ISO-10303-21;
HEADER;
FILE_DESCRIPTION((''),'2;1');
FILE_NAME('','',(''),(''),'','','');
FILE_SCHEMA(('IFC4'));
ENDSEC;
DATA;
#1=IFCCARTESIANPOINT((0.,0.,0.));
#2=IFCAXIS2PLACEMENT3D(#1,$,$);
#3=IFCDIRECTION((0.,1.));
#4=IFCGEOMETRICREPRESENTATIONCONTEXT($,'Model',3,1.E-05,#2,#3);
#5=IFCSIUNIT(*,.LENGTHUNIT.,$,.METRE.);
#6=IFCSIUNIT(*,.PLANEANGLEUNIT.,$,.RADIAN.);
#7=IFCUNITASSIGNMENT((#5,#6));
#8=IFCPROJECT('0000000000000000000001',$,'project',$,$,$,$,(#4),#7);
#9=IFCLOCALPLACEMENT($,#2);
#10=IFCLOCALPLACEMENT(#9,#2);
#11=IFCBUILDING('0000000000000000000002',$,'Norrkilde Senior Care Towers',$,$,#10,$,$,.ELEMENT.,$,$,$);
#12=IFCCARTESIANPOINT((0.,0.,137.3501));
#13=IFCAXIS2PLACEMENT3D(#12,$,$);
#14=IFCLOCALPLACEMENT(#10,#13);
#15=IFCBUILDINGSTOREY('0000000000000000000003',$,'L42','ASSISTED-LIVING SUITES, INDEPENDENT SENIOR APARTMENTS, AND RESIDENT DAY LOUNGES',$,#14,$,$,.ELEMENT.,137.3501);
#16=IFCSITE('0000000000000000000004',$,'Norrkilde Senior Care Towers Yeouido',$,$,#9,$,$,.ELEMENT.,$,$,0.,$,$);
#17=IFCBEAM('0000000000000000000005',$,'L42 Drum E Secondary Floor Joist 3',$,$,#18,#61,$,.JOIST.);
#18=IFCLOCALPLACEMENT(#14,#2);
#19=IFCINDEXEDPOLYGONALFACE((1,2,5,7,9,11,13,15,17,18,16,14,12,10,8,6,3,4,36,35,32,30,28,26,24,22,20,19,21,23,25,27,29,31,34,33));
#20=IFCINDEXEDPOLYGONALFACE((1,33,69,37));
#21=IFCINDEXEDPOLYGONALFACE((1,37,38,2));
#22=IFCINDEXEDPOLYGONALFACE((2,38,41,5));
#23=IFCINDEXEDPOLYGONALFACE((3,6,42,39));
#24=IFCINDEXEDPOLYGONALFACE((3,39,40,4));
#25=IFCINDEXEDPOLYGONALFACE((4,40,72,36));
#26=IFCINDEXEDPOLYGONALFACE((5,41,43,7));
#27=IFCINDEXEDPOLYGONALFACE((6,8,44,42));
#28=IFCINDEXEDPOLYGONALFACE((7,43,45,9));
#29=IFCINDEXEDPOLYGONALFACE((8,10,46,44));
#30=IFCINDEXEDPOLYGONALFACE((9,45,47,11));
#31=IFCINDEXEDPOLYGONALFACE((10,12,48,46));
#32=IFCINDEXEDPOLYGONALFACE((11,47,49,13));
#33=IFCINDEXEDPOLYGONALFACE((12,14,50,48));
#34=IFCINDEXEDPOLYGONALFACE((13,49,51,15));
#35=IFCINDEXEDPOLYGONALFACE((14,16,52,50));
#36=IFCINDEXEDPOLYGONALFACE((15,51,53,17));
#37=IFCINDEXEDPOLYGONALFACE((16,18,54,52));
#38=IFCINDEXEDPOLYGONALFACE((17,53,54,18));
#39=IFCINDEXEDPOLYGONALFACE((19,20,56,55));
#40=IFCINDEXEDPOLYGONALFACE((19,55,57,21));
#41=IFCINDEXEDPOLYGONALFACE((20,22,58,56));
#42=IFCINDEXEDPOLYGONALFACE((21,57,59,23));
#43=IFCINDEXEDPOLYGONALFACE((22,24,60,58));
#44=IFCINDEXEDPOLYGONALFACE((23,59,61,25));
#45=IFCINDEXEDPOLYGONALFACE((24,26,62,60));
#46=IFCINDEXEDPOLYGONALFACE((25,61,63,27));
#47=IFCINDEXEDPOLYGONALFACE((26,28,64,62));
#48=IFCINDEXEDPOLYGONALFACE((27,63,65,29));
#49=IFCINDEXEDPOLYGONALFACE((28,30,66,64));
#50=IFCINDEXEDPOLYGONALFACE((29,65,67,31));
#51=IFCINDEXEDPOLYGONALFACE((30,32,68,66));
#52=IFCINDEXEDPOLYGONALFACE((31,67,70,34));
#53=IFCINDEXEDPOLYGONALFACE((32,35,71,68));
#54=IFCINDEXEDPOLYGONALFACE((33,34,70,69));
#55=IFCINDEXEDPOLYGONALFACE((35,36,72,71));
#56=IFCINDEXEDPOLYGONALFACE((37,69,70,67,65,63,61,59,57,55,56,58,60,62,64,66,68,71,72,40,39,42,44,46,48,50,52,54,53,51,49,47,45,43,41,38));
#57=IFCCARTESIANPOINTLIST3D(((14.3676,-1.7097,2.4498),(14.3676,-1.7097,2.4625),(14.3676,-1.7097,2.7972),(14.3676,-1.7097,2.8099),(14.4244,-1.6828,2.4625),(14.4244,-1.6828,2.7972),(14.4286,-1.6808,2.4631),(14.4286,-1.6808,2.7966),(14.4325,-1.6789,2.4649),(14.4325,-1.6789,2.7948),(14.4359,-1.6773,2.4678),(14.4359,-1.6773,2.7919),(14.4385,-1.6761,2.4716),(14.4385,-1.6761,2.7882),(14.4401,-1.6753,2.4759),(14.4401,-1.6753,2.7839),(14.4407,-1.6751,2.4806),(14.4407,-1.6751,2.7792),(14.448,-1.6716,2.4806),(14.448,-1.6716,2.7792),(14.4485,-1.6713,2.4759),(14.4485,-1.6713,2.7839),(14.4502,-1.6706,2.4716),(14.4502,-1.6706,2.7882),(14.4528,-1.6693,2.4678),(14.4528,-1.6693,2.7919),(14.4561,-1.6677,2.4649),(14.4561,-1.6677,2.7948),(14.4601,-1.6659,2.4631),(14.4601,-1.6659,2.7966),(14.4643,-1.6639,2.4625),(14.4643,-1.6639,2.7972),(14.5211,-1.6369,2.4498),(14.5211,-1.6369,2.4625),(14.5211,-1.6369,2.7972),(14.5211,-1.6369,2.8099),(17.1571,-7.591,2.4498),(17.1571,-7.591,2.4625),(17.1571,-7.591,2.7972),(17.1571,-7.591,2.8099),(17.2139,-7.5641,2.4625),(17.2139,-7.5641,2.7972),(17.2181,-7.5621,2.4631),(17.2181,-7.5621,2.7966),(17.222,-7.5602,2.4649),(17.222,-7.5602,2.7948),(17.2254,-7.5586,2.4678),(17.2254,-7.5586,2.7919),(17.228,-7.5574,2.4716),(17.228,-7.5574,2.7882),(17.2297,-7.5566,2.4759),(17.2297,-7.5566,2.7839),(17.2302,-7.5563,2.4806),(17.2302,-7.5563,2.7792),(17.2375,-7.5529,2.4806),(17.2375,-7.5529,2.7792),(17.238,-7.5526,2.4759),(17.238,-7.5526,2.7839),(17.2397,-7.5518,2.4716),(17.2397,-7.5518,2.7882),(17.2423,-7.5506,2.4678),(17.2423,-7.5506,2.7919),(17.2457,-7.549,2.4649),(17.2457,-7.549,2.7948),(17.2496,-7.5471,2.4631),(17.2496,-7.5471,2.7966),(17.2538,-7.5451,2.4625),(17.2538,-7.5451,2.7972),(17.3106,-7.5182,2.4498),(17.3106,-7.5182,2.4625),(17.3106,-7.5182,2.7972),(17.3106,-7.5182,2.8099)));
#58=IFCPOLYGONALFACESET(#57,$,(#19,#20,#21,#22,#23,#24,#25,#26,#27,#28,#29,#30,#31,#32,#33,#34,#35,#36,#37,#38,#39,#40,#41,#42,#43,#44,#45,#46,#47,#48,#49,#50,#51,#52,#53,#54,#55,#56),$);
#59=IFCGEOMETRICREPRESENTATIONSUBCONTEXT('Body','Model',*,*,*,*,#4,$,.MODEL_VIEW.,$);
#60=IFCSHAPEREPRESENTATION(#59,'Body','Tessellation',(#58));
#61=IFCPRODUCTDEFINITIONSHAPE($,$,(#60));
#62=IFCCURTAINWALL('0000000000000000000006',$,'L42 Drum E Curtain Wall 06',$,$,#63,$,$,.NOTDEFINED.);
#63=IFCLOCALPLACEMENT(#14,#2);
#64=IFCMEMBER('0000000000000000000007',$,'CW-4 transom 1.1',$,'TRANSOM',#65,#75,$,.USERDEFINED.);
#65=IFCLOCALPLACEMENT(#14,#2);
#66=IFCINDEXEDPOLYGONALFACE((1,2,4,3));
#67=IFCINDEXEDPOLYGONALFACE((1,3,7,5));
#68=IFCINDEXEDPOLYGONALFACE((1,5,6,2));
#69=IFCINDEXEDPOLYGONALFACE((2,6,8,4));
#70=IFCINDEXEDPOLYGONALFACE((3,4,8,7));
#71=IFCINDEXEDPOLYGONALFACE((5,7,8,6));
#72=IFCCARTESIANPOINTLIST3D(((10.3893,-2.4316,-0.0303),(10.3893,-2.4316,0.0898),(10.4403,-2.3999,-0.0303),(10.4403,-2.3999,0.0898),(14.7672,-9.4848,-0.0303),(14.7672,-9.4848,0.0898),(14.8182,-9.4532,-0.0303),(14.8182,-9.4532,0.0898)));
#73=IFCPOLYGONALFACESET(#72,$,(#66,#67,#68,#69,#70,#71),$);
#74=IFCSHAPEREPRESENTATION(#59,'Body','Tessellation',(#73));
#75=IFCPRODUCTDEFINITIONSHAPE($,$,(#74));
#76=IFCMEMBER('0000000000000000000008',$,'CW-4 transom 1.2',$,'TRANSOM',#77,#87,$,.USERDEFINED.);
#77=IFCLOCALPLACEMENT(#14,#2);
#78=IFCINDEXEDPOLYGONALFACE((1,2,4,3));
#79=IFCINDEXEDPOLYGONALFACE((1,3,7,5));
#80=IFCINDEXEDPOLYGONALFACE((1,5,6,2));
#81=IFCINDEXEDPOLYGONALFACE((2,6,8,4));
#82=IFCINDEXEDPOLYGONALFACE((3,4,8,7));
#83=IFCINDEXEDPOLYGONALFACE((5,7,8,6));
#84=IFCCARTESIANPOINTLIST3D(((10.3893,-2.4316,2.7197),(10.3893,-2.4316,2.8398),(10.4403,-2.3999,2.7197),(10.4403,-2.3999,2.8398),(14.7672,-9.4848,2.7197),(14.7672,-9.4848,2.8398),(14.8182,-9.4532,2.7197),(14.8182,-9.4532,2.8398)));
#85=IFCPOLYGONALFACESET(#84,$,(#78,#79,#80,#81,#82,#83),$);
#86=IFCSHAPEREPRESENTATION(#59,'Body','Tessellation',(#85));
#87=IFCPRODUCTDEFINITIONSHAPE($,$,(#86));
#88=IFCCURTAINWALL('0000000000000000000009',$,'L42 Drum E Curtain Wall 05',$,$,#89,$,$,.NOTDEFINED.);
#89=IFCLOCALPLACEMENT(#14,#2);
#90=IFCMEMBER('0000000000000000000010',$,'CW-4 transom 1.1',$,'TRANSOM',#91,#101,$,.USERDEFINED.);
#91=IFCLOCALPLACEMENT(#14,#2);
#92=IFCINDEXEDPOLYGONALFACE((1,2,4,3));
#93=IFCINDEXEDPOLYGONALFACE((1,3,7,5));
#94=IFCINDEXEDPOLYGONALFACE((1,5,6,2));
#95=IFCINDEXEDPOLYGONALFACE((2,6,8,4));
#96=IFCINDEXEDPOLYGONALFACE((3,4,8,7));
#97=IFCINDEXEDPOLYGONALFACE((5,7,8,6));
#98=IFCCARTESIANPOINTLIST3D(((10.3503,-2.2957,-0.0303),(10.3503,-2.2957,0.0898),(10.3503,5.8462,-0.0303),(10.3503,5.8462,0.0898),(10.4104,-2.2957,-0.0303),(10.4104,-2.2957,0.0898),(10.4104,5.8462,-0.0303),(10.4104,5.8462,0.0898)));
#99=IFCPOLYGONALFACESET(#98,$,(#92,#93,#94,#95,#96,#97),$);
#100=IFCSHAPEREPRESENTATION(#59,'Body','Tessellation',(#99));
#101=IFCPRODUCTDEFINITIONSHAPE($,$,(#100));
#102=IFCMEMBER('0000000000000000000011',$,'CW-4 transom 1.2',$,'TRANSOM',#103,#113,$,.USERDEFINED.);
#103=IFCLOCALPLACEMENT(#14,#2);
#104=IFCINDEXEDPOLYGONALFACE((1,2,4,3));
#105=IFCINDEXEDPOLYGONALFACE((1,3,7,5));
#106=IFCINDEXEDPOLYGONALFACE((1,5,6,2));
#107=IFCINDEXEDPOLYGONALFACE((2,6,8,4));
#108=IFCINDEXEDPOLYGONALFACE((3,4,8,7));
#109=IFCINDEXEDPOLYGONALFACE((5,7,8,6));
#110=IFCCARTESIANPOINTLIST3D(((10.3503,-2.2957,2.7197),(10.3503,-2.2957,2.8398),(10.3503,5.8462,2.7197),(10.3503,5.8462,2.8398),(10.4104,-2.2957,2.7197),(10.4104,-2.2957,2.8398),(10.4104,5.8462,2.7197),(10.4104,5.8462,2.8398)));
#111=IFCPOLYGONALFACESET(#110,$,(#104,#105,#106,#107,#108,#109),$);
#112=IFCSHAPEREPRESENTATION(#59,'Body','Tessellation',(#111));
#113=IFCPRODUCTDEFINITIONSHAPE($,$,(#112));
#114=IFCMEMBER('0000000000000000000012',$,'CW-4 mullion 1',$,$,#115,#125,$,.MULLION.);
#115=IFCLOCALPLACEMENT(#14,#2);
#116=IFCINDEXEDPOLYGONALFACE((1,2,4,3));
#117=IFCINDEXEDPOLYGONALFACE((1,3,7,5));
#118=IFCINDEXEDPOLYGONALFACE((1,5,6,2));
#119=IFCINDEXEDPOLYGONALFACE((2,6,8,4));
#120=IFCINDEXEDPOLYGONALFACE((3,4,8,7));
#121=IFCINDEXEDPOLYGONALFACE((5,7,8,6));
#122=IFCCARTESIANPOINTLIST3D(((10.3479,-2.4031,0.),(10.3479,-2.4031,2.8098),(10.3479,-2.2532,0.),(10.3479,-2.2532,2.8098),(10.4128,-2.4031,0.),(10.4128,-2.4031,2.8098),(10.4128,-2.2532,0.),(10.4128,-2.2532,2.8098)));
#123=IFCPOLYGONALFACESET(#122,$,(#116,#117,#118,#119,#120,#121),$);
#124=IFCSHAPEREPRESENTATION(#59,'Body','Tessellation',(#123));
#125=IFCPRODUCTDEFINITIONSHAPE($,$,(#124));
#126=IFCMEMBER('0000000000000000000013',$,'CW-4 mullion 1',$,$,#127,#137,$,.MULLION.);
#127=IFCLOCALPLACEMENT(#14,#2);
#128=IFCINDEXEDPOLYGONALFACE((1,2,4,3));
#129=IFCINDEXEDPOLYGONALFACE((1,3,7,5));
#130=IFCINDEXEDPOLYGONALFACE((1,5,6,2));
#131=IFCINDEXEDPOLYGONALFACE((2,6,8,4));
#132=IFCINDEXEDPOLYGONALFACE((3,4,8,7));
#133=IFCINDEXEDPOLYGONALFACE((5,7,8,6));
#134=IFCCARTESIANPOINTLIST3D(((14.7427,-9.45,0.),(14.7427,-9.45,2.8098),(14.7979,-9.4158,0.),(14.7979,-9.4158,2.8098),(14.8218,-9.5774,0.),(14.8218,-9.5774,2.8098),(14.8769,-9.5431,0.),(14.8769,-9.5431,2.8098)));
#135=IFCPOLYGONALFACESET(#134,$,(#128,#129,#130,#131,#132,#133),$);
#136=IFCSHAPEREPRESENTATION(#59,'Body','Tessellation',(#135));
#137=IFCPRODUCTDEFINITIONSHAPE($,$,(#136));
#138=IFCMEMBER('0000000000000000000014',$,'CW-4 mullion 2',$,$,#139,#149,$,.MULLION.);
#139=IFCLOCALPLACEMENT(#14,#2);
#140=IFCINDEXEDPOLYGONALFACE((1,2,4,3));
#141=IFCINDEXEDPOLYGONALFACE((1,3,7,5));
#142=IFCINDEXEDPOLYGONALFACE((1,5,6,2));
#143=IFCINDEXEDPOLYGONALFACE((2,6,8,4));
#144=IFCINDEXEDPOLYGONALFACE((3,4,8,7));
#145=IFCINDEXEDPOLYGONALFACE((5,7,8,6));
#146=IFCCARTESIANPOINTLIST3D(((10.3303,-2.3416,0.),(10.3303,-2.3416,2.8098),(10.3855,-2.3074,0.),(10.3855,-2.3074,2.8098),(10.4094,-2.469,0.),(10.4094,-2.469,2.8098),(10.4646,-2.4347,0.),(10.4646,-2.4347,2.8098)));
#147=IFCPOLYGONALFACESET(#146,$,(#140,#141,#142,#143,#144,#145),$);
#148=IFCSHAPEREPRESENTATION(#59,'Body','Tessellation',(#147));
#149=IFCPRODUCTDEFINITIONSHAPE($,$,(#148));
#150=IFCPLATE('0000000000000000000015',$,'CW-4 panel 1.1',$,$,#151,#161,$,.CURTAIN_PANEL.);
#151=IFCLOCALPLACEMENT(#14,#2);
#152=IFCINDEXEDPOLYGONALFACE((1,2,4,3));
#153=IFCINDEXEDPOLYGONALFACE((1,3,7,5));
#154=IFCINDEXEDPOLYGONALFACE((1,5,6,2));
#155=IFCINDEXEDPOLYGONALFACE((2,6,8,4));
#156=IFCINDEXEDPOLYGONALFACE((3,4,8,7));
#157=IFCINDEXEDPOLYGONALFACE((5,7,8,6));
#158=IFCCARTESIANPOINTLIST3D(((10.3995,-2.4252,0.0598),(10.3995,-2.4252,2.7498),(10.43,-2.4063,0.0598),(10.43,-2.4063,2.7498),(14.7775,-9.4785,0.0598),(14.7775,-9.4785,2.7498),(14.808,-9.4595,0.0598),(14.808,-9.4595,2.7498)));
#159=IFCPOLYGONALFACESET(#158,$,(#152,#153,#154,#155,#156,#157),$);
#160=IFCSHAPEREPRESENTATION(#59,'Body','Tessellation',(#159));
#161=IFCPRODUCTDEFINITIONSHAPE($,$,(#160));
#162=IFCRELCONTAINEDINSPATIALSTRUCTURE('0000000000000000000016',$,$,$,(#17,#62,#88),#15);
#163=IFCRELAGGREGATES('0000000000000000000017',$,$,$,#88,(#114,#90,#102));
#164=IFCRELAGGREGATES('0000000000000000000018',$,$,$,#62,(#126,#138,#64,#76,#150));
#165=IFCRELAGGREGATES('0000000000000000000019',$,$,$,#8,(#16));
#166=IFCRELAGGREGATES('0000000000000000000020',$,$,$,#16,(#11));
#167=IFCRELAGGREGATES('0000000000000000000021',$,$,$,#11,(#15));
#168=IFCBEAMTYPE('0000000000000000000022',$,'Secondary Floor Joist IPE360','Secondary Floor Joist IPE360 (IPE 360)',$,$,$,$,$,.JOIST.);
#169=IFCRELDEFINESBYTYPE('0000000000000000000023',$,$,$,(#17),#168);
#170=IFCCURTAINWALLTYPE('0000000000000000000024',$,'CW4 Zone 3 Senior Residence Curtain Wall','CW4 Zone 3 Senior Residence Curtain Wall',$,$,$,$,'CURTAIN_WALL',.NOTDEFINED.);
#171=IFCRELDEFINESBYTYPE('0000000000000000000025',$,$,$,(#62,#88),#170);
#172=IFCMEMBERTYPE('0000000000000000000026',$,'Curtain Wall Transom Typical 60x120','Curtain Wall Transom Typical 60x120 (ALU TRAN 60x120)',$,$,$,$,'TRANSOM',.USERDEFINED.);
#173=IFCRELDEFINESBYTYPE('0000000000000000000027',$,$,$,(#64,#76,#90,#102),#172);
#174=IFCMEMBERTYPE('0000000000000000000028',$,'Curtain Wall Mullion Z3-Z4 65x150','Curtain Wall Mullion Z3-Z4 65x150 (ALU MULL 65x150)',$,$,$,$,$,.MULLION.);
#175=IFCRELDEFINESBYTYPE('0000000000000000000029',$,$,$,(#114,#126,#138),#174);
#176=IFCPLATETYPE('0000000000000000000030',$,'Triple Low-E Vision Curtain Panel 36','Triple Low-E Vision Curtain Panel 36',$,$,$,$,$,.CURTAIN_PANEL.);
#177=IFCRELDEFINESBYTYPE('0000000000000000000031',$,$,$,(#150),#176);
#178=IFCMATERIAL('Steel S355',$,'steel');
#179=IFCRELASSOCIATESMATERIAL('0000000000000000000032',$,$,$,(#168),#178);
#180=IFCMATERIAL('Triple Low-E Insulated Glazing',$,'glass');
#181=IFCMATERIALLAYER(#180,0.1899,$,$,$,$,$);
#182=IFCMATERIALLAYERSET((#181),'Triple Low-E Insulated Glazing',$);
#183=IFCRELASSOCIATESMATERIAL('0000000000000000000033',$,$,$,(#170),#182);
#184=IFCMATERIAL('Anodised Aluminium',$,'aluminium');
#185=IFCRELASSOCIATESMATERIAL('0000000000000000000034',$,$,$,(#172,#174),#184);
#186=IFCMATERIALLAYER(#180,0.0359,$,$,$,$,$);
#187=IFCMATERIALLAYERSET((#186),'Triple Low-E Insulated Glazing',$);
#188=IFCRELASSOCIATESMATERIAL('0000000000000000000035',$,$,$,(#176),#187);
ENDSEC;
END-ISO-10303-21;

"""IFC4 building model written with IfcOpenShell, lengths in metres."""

from ifc_helpers import new_model, si_unit, direction, frame, origin, origin_2d, place, context, subcontext, project, spatial, rectangle, i_section, extrude, source, transform, mapped, material, layer, layer_set, material_profile, profile_set, type_object, type_shapes, element, aggregate, save


model = new_model("IFC4")

# Units and contexts
model_context = context("Model", 3, precision=1e-05, world=origin(), true_north=direction((0.0, 1.0)))
body_context = subcontext(model_context, "Body", "Model", "MODEL_VIEW")
ifc_project = project(units=[si_unit("LENGTHUNIT", "METRE"), si_unit("PLANEANGLEUNIT", "RADIAN")], contexts=[model_context])

# Site, building, storey
site_placement = place(None, origin())
site = spatial("IfcSite", under=ifc_project, at=site_placement, Name="Norrkilde Senior Care Towers Yeouido", CompositionType="ELEMENT", RefElevation=0.0)
building_placement = place(site_placement, origin())
building = spatial("IfcBuilding", under=site, at=building_placement, Name="Norrkilde Senior Care Towers", CompositionType="ELEMENT")
storey_placement = place(building_placement, frame((0.0, 0.0, 137.3501)))
storey = spatial("IfcBuildingStorey", under=building, at=storey_placement, Name="L42", Description="ASSISTED-LIVING SUITES, INDEPENDENT SENIOR APARTMENTS, AND RESIDENT DAY LOUNGES", CompositionType="ELEMENT", Elevation=137.3501)

# Beam
ifc_material_1 = material(Name="Steel S355", Category="steel")
ifc_material_profile_1 = material_profile(ifc_material_1, i_section(OverallWidth=0.1699, OverallDepth=0.3601, WebThickness=0.0081, FlangeThickness=0.0127, FilletRadius=0.0181, at=origin_2d()), Name="IPE 360")
ifc_profile_set_1 = profile_set([ifc_material_profile_1], Name="Steel S355")
beam_type_1 = type_object("IfcBeamType", Name="Secondary Floor Joist IPE360", Description="Secondary Floor Joist IPE360 (IPE 360)", PredefinedType="JOIST", material=ifc_profile_set_1)
shared_shape_1 = source(origin(), body_context, "Body", "SweptSolid", [
    extrude(i_section(OverallWidth=0.1699, OverallDepth=0.3601, WebThickness=0.0081, FlangeThickness=0.0127, FilletRadius=0.0181, at=origin_2d()), origin(), (0.0, 0.0, 1.0), 6.5093),
])
type_shapes(beam_type_1, [shared_shape_1])
beam_1_placement = place(storey_placement, frame((14.4443, -1.6733, 2.6299), z_axis=(0.428544, -0.903521, 0.0), x_axis=(0.903521, 0.428544, 0.0)))
element("IfcBeam", 1, at=beam_1_placement, inside=storey, type_object=beam_type_1, Name="L42 Drum E Secondary Floor Joist 3", PredefinedType="JOIST", context=body_context, shape_type="MappedRepresentation", body=[
    mapped(shared_shape_1, transform((0.0, 0.0, 0.0), x_axis=(1.0, 0.0, 0.0), y_axis=(0.0, 1.0, 0.0), z_axis=(0.0, 0.0, 1.0), scale=1.0)),
])

# Curtain walls, members
ifc_material_2 = material(Name="Triple Low-E Insulated Glazing", Category="glass")
ifc_layer_1 = layer(ifc_material_2, 0.1899)
ifc_layer_set_1 = layer_set([ifc_layer_1], Name="Triple Low-E Insulated Glazing")
curtain_wall_type = type_object("IfcCurtainWallType", Name="CW4 Zone 3 Senior Residence Curtain Wall", Description="CW4 Zone 3 Senior Residence Curtain Wall", ElementType="CURTAIN_WALL", PredefinedType="NOTDEFINED", material=ifc_layer_set_1)
curtain_wall_1_placement = place(storey_placement, origin())
curtain_wall_1 = element("IfcCurtainWall", 2, at=curtain_wall_1_placement, inside=storey, type_object=curtain_wall_type, Name="L42 Drum E Curtain Wall 06", PredefinedType="NOTDEFINED")
ifc_material_3 = material(Name="Anodised Aluminium", Category="aluminium")
ifc_material_profile_2 = material_profile(ifc_material_3, rectangle(XDim=0.0601, YDim=0.1201, at=origin_2d()), Name="ALU TRAN 60x120")
ifc_profile_set_2 = profile_set([ifc_material_profile_2], Name="Anodised Aluminium")
member_type_1 = type_object("IfcMemberType", Name="Curtain Wall Transom Typical 60x120", Description="Curtain Wall Transom Typical 60x120 (ALU TRAN 60x120)", ElementType="TRANSOM", PredefinedType="USERDEFINED", material=ifc_profile_set_2)
shared_shape_2 = source(origin(), body_context, "Body", "SweptSolid", [
    extrude(rectangle(XDim=0.0601, YDim=0.1201, at=origin_2d()), origin(), (0.0, 0.0, 1.0), 8.3015),
])
member_1_placement = place(storey_placement, frame((14.7927, -9.469, 0.0298), z_axis=(-0.527369, 0.849637, 0.0), x_axis=(-0.849637, -0.527369, 0.0)))
member_1 = element("IfcMember", 3, at=member_1_placement, type_object=member_type_1, Name="CW-4 transom 1.1", ObjectType="TRANSOM", PredefinedType="USERDEFINED", context=body_context, shape_type="MappedRepresentation", body=[
    mapped(shared_shape_2, transform((0.0, 0.0, 0.0), x_axis=(1.0, 0.0, 0.0), y_axis=(0.0, 1.0, 0.0), z_axis=(0.0, 0.0, 1.0), scale=1.0)),
])
member_2_placement = place(storey_placement, frame((14.7927, -9.469, 2.7798), z_axis=(-0.527369, 0.849637, 0.0), x_axis=(-0.849637, -0.527369, 0.0)))
member_2 = element("IfcMember", 4, at=member_2_placement, type_object=member_type_1, Name="CW-4 transom 1.2", ObjectType="TRANSOM", PredefinedType="USERDEFINED", context=body_context, shape_type="MappedRepresentation", body=[
    mapped(shared_shape_2, transform((0.0, 0.0, 0.0), x_axis=(1.0, 0.0, 0.0), y_axis=(0.0, 1.0, 0.0), z_axis=(0.0, 0.0, 1.0), scale=1.0)),
])
curtain_wall_2_placement = place(storey_placement, origin())
curtain_wall_2 = element("IfcCurtainWall", 5, at=curtain_wall_2_placement, inside=storey, type_object=curtain_wall_type, Name="L42 Drum E Curtain Wall 05", PredefinedType="NOTDEFINED")
shared_shape_3 = source(origin(), body_context, "Body", "SweptSolid", [
    extrude(rectangle(XDim=0.0601, YDim=0.1201, at=origin_2d()), origin(), (0.0, 0.0, 1.0), 8.1418),
])
type_shapes(member_type_1, [shared_shape_2, shared_shape_3])
member_3_placement = place(storey_placement, frame((10.3804, -2.2957, 0.0298), z_axis=(0.0, 1.0, 0.0), x_axis=(-1.0, 0.0, 0.0)))
member_3 = element("IfcMember", 6, at=member_3_placement, type_object=member_type_1, Name="CW-4 transom 1.1", ObjectType="TRANSOM", PredefinedType="USERDEFINED", context=body_context, shape_type="MappedRepresentation", body=[
    mapped(shared_shape_3, transform((0.0, 0.0, 0.0), x_axis=(1.0, 0.0, 0.0), y_axis=(0.0, 1.0, 0.0), z_axis=(0.0, 0.0, 1.0), scale=1.0)),
])
member_4_placement = place(storey_placement, frame((10.3804, -2.2957, 2.7798), z_axis=(0.0, 1.0, 0.0), x_axis=(-1.0, 0.0, 0.0)))
member_4 = element("IfcMember", 7, at=member_4_placement, type_object=member_type_1, Name="CW-4 transom 1.2", ObjectType="TRANSOM", PredefinedType="USERDEFINED", context=body_context, shape_type="MappedRepresentation", body=[
    mapped(shared_shape_3, transform((0.0, 0.0, 0.0), x_axis=(1.0, 0.0, 0.0), y_axis=(0.0, 1.0, 0.0), z_axis=(0.0, 0.0, 1.0), scale=1.0)),
])
ifc_material_profile_3 = material_profile(ifc_material_3, rectangle(XDim=0.0649, YDim=0.1499, at=origin_2d()), Name="ALU MULL 65x150")
ifc_profile_set_3 = profile_set([ifc_material_profile_3], Name="Anodised Aluminium")
member_type_2 = type_object("IfcMemberType", Name="Curtain Wall Mullion Z3-Z4 65x150", Description="Curtain Wall Mullion Z3-Z4 65x150 (ALU MULL 65x150)", PredefinedType="MULLION", material=ifc_profile_set_3)
shared_shape_4 = source(origin(), body_context, "Body", "SweptSolid", [
    extrude(rectangle(XDim=0.0649, YDim=0.1499, at=origin_2d()), origin(), (0.0, 0.0, 1.0), 2.8098),
])
type_shapes(member_type_2, [shared_shape_4])
member_5_placement = place(storey_placement, frame((10.3804, -2.3281, 0.0), z_axis=(0.0, 0.0, 1.0), x_axis=(-1.0, 0.0, 0.0)))
member_5 = element("IfcMember", 8, at=member_5_placement, type_object=member_type_2, Name="CW-4 mullion 1", PredefinedType="MULLION", context=body_context, shape_type="MappedRepresentation", body=[
    mapped(shared_shape_4, transform((0.0, 0.0, 0.0), x_axis=(1.0, 0.0, 0.0), y_axis=(0.0, 1.0, 0.0), z_axis=(0.0, 0.0, 1.0), scale=1.0)),
])
aggregate(curtain_wall_2, [member_5, member_3, member_4])

# Members
member_6_placement = place(storey_placement, frame((14.8098, -9.4966, 0.0), z_axis=(0.0, 0.0, 1.0), x_axis=(-0.849634, -0.527373, 0.0)))
member_6 = element("IfcMember", 9, at=member_6_placement, type_object=member_type_2, Name="CW-4 mullion 1", PredefinedType="MULLION", context=body_context, shape_type="MappedRepresentation", body=[
    mapped(shared_shape_4, transform((0.0, 0.0, 0.0), x_axis=(1.0, 0.0, 0.0), y_axis=(0.0, 1.0, 0.0), z_axis=(0.0, 0.0, 1.0), scale=1.0)),
])
member_7_placement = place(storey_placement, frame((10.3975, -2.3882, 0.0), z_axis=(0.0, 0.0, 1.0), x_axis=(-0.849634, -0.527373, 0.0)))
member_7 = element("IfcMember", 10, at=member_7_placement, type_object=member_type_2, Name="CW-4 mullion 2", PredefinedType="MULLION", context=body_context, shape_type="MappedRepresentation", body=[
    mapped(shared_shape_4, transform((0.0, 0.0, 0.0), x_axis=(1.0, 0.0, 0.0), y_axis=(0.0, 1.0, 0.0), z_axis=(0.0, 0.0, 1.0), scale=1.0)),
])

# Plate
ifc_layer_2 = layer(ifc_material_2, 0.0359)
ifc_layer_set_2 = layer_set([ifc_layer_2], Name="Triple Low-E Insulated Glazing")
plate_type = type_object("IfcPlateType", Name="Triple Low-E Vision Curtain Panel 36", Description="Triple Low-E Vision Curtain Panel 36", PredefinedType="CURTAIN_PANEL", material=ifc_layer_set_2)
shared_shape_5 = source(origin(), body_context, "Body", "SweptSolid", [
    extrude(rectangle(XDim=8.3015, YDim=0.0359, at=origin_2d()), origin(), (0.0, 0.0, 1.0), 2.6899),
])
type_shapes(plate_type, [shared_shape_5])
plate_placement = place(storey_placement, frame((12.6038, -5.9424, 0.0598), z_axis=(0.0, 0.0, 1.0), x_axis=(-0.527373, 0.849634, 0.0)))
plate = element("IfcPlate", 11, at=plate_placement, type_object=plate_type, Name="CW-4 panel 1.1", PredefinedType="CURTAIN_PANEL", context=body_context, shape_type="MappedRepresentation", body=[
    mapped(shared_shape_5, transform((0.0, 0.0, 0.0), x_axis=(1.0, 0.0, 0.0), y_axis=(0.0, 1.0, 0.0), z_axis=(0.0, 0.0, 1.0), scale=1.0)),
])
aggregate(curtain_wall_1, [member_6, member_7, member_1, member_2, plate])

save(model, "model.ifc")
